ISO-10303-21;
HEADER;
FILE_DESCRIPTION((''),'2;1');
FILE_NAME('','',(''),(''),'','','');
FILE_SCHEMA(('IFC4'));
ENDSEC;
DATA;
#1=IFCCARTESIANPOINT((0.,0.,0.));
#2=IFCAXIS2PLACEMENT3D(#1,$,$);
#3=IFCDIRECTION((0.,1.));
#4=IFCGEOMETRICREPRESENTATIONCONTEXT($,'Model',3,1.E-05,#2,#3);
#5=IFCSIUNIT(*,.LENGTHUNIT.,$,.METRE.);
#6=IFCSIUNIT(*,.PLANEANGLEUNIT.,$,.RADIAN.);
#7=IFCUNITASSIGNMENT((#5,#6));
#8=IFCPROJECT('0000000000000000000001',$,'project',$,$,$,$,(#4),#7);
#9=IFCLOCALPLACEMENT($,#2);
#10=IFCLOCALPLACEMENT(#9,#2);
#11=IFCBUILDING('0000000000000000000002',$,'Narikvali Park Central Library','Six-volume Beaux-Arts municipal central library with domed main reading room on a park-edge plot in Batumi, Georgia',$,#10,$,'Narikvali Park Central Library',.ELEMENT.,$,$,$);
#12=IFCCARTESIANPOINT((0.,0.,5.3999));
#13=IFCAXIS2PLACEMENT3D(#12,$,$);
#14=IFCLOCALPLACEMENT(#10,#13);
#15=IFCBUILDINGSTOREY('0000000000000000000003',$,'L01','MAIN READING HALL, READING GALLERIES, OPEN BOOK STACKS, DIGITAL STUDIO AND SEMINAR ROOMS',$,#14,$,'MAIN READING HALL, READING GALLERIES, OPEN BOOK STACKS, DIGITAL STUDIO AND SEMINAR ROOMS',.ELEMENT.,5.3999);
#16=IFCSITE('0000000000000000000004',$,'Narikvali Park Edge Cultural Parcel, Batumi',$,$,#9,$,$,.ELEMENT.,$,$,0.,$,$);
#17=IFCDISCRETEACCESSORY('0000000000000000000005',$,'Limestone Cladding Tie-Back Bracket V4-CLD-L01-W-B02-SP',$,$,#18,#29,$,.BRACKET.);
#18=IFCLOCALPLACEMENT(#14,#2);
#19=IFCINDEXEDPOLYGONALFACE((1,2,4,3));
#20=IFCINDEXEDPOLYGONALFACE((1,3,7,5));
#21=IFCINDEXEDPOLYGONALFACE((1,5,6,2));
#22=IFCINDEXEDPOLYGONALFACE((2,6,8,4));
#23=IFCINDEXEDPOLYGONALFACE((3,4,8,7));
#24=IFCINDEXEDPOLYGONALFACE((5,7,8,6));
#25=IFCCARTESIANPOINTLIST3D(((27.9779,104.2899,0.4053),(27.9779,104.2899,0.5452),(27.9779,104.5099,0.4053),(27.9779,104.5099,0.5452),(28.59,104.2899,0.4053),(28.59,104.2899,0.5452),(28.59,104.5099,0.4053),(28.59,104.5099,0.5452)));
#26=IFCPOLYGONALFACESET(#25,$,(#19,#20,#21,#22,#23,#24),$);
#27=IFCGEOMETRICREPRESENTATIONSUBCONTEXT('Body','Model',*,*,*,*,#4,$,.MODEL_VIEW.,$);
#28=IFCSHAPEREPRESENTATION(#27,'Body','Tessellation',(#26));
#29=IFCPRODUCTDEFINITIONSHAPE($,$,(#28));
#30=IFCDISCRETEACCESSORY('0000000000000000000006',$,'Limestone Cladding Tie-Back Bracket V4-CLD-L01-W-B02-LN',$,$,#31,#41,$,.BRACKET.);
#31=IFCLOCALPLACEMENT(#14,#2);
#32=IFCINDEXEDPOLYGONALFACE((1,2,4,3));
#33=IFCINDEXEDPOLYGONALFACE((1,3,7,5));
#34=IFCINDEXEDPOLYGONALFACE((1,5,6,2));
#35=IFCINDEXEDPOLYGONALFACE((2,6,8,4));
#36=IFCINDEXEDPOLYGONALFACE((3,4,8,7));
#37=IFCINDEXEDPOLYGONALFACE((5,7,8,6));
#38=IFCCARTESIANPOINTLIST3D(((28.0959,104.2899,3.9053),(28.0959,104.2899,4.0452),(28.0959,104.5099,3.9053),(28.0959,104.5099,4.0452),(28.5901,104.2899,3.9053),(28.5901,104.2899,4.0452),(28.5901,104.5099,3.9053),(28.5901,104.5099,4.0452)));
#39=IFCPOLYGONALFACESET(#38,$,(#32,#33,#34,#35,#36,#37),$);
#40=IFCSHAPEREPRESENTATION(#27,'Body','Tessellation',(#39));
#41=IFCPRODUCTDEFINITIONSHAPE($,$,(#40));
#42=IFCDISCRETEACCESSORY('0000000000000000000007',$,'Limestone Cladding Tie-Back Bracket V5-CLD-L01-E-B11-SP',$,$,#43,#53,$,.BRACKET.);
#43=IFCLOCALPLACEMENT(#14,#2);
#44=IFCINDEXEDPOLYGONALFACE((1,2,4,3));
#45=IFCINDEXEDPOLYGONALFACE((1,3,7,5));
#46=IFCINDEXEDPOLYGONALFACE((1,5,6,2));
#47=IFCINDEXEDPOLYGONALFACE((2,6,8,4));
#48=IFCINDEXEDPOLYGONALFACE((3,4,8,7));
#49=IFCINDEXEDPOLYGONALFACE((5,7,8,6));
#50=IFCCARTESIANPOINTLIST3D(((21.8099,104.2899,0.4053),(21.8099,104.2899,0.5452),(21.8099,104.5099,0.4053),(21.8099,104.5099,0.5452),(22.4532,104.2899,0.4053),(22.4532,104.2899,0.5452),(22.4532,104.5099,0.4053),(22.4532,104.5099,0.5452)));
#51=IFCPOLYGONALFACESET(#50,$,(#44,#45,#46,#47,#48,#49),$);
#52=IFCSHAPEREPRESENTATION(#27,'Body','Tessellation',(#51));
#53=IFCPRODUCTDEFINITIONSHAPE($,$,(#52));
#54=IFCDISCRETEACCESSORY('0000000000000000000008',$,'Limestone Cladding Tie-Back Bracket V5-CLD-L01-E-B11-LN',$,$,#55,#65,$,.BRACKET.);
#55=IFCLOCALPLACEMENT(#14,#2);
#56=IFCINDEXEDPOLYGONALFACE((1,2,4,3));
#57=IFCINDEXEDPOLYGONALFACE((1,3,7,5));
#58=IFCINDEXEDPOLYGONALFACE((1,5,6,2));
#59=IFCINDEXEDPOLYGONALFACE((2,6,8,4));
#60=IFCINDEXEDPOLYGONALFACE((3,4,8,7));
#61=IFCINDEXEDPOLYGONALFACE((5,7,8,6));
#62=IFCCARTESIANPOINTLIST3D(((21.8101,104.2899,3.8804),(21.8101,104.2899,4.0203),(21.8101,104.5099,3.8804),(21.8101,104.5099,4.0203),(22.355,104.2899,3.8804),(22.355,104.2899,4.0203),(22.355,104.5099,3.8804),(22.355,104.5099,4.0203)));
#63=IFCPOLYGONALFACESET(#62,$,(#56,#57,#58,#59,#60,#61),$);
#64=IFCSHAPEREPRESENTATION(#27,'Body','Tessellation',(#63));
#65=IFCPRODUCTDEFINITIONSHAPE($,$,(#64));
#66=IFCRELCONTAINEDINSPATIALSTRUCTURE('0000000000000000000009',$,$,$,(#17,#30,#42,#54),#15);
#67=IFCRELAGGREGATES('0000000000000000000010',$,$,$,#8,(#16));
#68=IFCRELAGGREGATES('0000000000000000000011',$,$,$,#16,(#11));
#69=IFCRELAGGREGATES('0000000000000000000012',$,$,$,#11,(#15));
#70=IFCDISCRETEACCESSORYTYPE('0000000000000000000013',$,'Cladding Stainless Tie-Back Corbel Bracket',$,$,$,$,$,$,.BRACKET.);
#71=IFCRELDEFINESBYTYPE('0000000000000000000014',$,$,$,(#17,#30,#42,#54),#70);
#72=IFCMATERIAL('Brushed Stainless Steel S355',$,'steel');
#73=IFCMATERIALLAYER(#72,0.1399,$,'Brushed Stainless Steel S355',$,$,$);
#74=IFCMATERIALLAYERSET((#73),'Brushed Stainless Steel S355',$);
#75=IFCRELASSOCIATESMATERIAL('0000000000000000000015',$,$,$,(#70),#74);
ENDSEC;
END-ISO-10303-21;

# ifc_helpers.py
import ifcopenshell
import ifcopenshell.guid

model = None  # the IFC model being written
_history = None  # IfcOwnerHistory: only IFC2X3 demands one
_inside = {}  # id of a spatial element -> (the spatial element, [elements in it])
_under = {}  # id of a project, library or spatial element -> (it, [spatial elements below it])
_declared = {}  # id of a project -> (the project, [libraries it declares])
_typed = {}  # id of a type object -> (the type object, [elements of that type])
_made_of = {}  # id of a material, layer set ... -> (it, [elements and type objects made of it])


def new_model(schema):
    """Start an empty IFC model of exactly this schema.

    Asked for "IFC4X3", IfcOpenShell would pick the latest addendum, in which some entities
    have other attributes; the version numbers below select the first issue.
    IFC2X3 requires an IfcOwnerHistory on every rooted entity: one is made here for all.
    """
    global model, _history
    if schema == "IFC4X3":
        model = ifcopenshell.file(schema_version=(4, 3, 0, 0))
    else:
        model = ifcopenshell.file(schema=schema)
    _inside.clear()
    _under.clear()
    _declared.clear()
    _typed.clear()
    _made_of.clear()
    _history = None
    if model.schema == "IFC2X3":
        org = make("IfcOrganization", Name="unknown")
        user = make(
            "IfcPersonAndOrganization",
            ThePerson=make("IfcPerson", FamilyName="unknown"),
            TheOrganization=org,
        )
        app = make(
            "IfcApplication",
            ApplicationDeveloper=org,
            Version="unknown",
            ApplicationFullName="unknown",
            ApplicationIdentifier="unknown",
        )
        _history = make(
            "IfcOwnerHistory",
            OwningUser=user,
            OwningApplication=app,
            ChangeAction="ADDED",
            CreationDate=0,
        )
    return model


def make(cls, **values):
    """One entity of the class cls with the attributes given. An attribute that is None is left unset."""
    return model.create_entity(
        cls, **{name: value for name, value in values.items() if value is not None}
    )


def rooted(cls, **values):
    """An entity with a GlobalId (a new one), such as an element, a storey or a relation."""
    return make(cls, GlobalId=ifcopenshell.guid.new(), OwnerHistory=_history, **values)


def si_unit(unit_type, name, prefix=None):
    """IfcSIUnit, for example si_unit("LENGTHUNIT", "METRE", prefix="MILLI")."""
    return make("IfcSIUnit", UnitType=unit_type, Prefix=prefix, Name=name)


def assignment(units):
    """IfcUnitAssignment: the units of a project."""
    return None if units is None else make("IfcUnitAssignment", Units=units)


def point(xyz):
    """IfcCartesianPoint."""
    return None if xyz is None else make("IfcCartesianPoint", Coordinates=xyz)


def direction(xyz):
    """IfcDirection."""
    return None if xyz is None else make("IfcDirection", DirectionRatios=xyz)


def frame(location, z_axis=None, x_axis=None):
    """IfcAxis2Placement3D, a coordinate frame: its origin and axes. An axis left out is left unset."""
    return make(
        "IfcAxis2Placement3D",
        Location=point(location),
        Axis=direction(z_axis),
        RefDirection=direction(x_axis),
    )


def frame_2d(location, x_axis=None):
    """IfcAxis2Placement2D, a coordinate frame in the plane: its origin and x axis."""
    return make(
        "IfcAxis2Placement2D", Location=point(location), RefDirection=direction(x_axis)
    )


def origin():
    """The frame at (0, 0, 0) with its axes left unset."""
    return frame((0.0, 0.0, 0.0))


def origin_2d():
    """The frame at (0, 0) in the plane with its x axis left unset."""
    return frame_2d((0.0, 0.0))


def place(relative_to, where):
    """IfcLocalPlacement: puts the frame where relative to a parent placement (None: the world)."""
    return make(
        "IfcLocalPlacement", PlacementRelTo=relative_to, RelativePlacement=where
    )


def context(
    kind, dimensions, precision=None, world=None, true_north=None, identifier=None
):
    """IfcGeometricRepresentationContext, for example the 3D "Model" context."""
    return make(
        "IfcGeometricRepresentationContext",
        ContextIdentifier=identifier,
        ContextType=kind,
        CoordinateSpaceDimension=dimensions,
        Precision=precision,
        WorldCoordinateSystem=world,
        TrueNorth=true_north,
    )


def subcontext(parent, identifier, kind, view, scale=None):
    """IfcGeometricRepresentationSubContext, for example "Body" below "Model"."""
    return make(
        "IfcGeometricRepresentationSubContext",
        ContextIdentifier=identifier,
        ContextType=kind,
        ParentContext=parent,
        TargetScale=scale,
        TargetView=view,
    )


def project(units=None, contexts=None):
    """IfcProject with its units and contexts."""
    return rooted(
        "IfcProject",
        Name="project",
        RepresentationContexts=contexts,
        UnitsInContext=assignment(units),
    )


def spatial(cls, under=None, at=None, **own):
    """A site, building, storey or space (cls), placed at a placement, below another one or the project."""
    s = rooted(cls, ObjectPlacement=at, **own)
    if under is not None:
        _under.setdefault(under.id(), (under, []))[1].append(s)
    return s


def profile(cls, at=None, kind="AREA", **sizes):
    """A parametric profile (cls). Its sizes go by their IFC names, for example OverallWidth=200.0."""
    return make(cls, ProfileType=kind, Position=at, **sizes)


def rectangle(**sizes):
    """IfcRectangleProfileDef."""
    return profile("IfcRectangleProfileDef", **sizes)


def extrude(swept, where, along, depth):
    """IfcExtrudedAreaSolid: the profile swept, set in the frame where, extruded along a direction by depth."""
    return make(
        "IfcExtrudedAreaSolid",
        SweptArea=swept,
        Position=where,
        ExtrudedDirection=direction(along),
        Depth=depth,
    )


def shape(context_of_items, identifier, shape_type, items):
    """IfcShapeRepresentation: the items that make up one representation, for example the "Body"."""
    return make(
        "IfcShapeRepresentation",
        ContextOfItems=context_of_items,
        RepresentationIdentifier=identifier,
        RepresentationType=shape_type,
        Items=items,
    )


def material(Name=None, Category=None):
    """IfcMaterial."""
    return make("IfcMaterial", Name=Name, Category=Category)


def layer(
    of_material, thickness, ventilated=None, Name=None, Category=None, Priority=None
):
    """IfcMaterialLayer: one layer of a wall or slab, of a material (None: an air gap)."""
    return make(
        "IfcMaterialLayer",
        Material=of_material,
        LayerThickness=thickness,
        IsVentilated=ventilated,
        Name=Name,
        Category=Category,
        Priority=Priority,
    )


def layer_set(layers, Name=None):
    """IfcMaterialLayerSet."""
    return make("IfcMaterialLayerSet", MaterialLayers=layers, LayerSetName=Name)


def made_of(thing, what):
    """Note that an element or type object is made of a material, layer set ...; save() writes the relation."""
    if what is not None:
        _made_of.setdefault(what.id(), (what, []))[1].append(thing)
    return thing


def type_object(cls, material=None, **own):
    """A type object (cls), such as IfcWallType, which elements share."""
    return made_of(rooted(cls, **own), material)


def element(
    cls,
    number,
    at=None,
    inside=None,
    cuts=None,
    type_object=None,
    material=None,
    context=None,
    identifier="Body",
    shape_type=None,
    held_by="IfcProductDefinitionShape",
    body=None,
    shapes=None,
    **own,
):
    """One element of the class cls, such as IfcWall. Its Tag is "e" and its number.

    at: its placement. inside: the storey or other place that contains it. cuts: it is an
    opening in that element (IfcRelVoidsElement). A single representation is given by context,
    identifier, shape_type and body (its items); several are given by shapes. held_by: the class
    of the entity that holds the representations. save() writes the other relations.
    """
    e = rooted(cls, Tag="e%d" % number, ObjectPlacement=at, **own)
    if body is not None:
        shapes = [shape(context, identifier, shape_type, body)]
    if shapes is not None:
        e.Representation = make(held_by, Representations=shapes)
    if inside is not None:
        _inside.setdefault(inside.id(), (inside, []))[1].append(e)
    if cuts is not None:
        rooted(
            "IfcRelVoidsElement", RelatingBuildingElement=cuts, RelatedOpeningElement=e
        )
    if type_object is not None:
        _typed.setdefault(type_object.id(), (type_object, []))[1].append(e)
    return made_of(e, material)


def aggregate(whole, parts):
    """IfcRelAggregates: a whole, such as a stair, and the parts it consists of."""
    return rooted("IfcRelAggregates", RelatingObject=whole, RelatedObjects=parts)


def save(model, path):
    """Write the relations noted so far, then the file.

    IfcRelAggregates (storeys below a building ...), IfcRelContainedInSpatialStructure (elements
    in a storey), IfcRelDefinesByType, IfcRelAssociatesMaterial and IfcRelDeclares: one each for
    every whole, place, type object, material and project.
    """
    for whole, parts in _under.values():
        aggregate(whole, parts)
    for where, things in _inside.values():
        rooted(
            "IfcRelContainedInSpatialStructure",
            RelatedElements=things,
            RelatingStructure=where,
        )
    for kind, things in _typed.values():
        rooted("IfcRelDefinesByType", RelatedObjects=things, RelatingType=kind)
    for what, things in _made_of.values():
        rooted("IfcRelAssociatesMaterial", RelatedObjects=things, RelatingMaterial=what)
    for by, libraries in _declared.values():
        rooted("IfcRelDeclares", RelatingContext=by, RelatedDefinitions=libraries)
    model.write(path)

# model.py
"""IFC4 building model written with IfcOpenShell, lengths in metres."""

from ifc_helpers import new_model, si_unit, direction, frame, origin, origin_2d, place, context, subcontext, project, spatial, rectangle, extrude, material, layer, layer_set, type_object, element, save


model = new_model("IFC4")

# Units and contexts
model_context = context("Model", 3, precision=1e-05, world=origin(), true_north=direction((0.0, 1.0)))
body_context = subcontext(model_context, "Body", "Model", "MODEL_VIEW")
ifc_project = project(units=[si_unit("LENGTHUNIT", "METRE"), si_unit("PLANEANGLEUNIT", "RADIAN")], contexts=[model_context])

# Site, building, storey
site_placement = place(None, origin())
site = spatial("IfcSite", under=ifc_project, at=site_placement, Name="Narikvali Park Edge Cultural Parcel, Batumi", CompositionType="ELEMENT", RefElevation=0.0)
building_placement = place(site_placement, origin())
building = spatial("IfcBuilding", under=site, at=building_placement, Name="Narikvali Park Central Library", Description="Six-volume Beaux-Arts municipal central library with domed main reading room on a park-edge plot in Batumi, Georgia", LongName="Narikvali Park Central Library", CompositionType="ELEMENT")
storey_placement = place(building_placement, frame((0.0, 0.0, 5.3999)))
storey = spatial("IfcBuildingStorey", under=building, at=storey_placement, Name="L01", Description="MAIN READING HALL, READING GALLERIES, OPEN BOOK STACKS, DIGITAL STUDIO AND SEMINAR ROOMS", LongName="MAIN READING HALL, READING GALLERIES, OPEN BOOK STACKS, DIGITAL STUDIO AND SEMINAR ROOMS", CompositionType="ELEMENT", Elevation=5.3999)

# Shared definitions
ifc_material_1 = material(Name="Brushed Stainless Steel S355", Category="steel")

# Discrete accessories
ifc_layer_1 = layer(ifc_material_1, 0.1399, Name="Brushed Stainless Steel S355")
ifc_layer_set_1 = layer_set([ifc_layer_1], Name="Brushed Stainless Steel S355")
discrete_accessory_type = type_object("IfcDiscreteAccessoryType", Name="Cladding Stainless Tie-Back Corbel Bracket", PredefinedType="BRACKET", material=ifc_layer_set_1)
discrete_accessory_1_placement = place(storey_placement, frame((28.2839, 104.3999, 0.4053), z_axis=(0.0, 0.0, 1.0), x_axis=(1.0, 0.0, 0.0)))
element("IfcDiscreteAccessory", 1, at=discrete_accessory_1_placement, inside=storey, type_object=discrete_accessory_type, Name="Limestone Cladding Tie-Back Bracket V4-CLD-L01-W-B02-SP", PredefinedType="BRACKET", context=body_context, shape_type="SweptSolid", body=[
    extrude(rectangle(XDim=0.6121, YDim=0.22, at=origin_2d()), origin(), (0.0, 0.0, 1.0), 0.1399),
])
discrete_accessory_2_placement = place(storey_placement, frame((28.343, 104.3999, 3.9053), z_axis=(0.0, 0.0, 1.0), x_axis=(1.0, 0.0, 0.0)))
element("IfcDiscreteAccessory", 2, at=discrete_accessory_2_placement, inside=storey, type_object=discrete_accessory_type, Name="Limestone Cladding Tie-Back Bracket V4-CLD-L01-W-B02-LN", PredefinedType="BRACKET", context=body_context, shape_type="SweptSolid", body=[
    extrude(rectangle(XDim=0.4941, YDim=0.22, at=origin_2d()), origin(), (0.0, 0.0, 1.0), 0.1399),
])
discrete_accessory_3_placement = place(storey_placement, frame((22.1316, 104.3999, 0.4053), z_axis=(0.0, 0.0, 1.0), x_axis=(1.0, 0.0, 0.0)))
element("IfcDiscreteAccessory", 3, at=discrete_accessory_3_placement, inside=storey, type_object=discrete_accessory_type, Name="Limestone Cladding Tie-Back Bracket V5-CLD-L01-E-B11-SP", PredefinedType="BRACKET", context=body_context, shape_type="SweptSolid", body=[
    extrude(rectangle(XDim=0.6433, YDim=0.22, at=origin_2d()), origin(), (0.0, 0.0, 1.0), 0.1399),
])
discrete_accessory_4_placement = place(storey_placement, frame((22.0825, 104.3999, 3.8804), z_axis=(0.0, 0.0, 1.0), x_axis=(1.0, 0.0, 0.0)))
element("IfcDiscreteAccessory", 4, at=discrete_accessory_4_placement, inside=storey, type_object=discrete_accessory_type, Name="Limestone Cladding Tie-Back Bracket V5-CLD-L01-E-B11-LN", PredefinedType="BRACKET", context=body_context, shape_type="SweptSolid", body=[
    extrude(rectangle(XDim=0.5449, YDim=0.22, at=origin_2d()), origin(), (0.0, 0.0, 1.0), 0.1399),
])

save(model, "model.ifc")
